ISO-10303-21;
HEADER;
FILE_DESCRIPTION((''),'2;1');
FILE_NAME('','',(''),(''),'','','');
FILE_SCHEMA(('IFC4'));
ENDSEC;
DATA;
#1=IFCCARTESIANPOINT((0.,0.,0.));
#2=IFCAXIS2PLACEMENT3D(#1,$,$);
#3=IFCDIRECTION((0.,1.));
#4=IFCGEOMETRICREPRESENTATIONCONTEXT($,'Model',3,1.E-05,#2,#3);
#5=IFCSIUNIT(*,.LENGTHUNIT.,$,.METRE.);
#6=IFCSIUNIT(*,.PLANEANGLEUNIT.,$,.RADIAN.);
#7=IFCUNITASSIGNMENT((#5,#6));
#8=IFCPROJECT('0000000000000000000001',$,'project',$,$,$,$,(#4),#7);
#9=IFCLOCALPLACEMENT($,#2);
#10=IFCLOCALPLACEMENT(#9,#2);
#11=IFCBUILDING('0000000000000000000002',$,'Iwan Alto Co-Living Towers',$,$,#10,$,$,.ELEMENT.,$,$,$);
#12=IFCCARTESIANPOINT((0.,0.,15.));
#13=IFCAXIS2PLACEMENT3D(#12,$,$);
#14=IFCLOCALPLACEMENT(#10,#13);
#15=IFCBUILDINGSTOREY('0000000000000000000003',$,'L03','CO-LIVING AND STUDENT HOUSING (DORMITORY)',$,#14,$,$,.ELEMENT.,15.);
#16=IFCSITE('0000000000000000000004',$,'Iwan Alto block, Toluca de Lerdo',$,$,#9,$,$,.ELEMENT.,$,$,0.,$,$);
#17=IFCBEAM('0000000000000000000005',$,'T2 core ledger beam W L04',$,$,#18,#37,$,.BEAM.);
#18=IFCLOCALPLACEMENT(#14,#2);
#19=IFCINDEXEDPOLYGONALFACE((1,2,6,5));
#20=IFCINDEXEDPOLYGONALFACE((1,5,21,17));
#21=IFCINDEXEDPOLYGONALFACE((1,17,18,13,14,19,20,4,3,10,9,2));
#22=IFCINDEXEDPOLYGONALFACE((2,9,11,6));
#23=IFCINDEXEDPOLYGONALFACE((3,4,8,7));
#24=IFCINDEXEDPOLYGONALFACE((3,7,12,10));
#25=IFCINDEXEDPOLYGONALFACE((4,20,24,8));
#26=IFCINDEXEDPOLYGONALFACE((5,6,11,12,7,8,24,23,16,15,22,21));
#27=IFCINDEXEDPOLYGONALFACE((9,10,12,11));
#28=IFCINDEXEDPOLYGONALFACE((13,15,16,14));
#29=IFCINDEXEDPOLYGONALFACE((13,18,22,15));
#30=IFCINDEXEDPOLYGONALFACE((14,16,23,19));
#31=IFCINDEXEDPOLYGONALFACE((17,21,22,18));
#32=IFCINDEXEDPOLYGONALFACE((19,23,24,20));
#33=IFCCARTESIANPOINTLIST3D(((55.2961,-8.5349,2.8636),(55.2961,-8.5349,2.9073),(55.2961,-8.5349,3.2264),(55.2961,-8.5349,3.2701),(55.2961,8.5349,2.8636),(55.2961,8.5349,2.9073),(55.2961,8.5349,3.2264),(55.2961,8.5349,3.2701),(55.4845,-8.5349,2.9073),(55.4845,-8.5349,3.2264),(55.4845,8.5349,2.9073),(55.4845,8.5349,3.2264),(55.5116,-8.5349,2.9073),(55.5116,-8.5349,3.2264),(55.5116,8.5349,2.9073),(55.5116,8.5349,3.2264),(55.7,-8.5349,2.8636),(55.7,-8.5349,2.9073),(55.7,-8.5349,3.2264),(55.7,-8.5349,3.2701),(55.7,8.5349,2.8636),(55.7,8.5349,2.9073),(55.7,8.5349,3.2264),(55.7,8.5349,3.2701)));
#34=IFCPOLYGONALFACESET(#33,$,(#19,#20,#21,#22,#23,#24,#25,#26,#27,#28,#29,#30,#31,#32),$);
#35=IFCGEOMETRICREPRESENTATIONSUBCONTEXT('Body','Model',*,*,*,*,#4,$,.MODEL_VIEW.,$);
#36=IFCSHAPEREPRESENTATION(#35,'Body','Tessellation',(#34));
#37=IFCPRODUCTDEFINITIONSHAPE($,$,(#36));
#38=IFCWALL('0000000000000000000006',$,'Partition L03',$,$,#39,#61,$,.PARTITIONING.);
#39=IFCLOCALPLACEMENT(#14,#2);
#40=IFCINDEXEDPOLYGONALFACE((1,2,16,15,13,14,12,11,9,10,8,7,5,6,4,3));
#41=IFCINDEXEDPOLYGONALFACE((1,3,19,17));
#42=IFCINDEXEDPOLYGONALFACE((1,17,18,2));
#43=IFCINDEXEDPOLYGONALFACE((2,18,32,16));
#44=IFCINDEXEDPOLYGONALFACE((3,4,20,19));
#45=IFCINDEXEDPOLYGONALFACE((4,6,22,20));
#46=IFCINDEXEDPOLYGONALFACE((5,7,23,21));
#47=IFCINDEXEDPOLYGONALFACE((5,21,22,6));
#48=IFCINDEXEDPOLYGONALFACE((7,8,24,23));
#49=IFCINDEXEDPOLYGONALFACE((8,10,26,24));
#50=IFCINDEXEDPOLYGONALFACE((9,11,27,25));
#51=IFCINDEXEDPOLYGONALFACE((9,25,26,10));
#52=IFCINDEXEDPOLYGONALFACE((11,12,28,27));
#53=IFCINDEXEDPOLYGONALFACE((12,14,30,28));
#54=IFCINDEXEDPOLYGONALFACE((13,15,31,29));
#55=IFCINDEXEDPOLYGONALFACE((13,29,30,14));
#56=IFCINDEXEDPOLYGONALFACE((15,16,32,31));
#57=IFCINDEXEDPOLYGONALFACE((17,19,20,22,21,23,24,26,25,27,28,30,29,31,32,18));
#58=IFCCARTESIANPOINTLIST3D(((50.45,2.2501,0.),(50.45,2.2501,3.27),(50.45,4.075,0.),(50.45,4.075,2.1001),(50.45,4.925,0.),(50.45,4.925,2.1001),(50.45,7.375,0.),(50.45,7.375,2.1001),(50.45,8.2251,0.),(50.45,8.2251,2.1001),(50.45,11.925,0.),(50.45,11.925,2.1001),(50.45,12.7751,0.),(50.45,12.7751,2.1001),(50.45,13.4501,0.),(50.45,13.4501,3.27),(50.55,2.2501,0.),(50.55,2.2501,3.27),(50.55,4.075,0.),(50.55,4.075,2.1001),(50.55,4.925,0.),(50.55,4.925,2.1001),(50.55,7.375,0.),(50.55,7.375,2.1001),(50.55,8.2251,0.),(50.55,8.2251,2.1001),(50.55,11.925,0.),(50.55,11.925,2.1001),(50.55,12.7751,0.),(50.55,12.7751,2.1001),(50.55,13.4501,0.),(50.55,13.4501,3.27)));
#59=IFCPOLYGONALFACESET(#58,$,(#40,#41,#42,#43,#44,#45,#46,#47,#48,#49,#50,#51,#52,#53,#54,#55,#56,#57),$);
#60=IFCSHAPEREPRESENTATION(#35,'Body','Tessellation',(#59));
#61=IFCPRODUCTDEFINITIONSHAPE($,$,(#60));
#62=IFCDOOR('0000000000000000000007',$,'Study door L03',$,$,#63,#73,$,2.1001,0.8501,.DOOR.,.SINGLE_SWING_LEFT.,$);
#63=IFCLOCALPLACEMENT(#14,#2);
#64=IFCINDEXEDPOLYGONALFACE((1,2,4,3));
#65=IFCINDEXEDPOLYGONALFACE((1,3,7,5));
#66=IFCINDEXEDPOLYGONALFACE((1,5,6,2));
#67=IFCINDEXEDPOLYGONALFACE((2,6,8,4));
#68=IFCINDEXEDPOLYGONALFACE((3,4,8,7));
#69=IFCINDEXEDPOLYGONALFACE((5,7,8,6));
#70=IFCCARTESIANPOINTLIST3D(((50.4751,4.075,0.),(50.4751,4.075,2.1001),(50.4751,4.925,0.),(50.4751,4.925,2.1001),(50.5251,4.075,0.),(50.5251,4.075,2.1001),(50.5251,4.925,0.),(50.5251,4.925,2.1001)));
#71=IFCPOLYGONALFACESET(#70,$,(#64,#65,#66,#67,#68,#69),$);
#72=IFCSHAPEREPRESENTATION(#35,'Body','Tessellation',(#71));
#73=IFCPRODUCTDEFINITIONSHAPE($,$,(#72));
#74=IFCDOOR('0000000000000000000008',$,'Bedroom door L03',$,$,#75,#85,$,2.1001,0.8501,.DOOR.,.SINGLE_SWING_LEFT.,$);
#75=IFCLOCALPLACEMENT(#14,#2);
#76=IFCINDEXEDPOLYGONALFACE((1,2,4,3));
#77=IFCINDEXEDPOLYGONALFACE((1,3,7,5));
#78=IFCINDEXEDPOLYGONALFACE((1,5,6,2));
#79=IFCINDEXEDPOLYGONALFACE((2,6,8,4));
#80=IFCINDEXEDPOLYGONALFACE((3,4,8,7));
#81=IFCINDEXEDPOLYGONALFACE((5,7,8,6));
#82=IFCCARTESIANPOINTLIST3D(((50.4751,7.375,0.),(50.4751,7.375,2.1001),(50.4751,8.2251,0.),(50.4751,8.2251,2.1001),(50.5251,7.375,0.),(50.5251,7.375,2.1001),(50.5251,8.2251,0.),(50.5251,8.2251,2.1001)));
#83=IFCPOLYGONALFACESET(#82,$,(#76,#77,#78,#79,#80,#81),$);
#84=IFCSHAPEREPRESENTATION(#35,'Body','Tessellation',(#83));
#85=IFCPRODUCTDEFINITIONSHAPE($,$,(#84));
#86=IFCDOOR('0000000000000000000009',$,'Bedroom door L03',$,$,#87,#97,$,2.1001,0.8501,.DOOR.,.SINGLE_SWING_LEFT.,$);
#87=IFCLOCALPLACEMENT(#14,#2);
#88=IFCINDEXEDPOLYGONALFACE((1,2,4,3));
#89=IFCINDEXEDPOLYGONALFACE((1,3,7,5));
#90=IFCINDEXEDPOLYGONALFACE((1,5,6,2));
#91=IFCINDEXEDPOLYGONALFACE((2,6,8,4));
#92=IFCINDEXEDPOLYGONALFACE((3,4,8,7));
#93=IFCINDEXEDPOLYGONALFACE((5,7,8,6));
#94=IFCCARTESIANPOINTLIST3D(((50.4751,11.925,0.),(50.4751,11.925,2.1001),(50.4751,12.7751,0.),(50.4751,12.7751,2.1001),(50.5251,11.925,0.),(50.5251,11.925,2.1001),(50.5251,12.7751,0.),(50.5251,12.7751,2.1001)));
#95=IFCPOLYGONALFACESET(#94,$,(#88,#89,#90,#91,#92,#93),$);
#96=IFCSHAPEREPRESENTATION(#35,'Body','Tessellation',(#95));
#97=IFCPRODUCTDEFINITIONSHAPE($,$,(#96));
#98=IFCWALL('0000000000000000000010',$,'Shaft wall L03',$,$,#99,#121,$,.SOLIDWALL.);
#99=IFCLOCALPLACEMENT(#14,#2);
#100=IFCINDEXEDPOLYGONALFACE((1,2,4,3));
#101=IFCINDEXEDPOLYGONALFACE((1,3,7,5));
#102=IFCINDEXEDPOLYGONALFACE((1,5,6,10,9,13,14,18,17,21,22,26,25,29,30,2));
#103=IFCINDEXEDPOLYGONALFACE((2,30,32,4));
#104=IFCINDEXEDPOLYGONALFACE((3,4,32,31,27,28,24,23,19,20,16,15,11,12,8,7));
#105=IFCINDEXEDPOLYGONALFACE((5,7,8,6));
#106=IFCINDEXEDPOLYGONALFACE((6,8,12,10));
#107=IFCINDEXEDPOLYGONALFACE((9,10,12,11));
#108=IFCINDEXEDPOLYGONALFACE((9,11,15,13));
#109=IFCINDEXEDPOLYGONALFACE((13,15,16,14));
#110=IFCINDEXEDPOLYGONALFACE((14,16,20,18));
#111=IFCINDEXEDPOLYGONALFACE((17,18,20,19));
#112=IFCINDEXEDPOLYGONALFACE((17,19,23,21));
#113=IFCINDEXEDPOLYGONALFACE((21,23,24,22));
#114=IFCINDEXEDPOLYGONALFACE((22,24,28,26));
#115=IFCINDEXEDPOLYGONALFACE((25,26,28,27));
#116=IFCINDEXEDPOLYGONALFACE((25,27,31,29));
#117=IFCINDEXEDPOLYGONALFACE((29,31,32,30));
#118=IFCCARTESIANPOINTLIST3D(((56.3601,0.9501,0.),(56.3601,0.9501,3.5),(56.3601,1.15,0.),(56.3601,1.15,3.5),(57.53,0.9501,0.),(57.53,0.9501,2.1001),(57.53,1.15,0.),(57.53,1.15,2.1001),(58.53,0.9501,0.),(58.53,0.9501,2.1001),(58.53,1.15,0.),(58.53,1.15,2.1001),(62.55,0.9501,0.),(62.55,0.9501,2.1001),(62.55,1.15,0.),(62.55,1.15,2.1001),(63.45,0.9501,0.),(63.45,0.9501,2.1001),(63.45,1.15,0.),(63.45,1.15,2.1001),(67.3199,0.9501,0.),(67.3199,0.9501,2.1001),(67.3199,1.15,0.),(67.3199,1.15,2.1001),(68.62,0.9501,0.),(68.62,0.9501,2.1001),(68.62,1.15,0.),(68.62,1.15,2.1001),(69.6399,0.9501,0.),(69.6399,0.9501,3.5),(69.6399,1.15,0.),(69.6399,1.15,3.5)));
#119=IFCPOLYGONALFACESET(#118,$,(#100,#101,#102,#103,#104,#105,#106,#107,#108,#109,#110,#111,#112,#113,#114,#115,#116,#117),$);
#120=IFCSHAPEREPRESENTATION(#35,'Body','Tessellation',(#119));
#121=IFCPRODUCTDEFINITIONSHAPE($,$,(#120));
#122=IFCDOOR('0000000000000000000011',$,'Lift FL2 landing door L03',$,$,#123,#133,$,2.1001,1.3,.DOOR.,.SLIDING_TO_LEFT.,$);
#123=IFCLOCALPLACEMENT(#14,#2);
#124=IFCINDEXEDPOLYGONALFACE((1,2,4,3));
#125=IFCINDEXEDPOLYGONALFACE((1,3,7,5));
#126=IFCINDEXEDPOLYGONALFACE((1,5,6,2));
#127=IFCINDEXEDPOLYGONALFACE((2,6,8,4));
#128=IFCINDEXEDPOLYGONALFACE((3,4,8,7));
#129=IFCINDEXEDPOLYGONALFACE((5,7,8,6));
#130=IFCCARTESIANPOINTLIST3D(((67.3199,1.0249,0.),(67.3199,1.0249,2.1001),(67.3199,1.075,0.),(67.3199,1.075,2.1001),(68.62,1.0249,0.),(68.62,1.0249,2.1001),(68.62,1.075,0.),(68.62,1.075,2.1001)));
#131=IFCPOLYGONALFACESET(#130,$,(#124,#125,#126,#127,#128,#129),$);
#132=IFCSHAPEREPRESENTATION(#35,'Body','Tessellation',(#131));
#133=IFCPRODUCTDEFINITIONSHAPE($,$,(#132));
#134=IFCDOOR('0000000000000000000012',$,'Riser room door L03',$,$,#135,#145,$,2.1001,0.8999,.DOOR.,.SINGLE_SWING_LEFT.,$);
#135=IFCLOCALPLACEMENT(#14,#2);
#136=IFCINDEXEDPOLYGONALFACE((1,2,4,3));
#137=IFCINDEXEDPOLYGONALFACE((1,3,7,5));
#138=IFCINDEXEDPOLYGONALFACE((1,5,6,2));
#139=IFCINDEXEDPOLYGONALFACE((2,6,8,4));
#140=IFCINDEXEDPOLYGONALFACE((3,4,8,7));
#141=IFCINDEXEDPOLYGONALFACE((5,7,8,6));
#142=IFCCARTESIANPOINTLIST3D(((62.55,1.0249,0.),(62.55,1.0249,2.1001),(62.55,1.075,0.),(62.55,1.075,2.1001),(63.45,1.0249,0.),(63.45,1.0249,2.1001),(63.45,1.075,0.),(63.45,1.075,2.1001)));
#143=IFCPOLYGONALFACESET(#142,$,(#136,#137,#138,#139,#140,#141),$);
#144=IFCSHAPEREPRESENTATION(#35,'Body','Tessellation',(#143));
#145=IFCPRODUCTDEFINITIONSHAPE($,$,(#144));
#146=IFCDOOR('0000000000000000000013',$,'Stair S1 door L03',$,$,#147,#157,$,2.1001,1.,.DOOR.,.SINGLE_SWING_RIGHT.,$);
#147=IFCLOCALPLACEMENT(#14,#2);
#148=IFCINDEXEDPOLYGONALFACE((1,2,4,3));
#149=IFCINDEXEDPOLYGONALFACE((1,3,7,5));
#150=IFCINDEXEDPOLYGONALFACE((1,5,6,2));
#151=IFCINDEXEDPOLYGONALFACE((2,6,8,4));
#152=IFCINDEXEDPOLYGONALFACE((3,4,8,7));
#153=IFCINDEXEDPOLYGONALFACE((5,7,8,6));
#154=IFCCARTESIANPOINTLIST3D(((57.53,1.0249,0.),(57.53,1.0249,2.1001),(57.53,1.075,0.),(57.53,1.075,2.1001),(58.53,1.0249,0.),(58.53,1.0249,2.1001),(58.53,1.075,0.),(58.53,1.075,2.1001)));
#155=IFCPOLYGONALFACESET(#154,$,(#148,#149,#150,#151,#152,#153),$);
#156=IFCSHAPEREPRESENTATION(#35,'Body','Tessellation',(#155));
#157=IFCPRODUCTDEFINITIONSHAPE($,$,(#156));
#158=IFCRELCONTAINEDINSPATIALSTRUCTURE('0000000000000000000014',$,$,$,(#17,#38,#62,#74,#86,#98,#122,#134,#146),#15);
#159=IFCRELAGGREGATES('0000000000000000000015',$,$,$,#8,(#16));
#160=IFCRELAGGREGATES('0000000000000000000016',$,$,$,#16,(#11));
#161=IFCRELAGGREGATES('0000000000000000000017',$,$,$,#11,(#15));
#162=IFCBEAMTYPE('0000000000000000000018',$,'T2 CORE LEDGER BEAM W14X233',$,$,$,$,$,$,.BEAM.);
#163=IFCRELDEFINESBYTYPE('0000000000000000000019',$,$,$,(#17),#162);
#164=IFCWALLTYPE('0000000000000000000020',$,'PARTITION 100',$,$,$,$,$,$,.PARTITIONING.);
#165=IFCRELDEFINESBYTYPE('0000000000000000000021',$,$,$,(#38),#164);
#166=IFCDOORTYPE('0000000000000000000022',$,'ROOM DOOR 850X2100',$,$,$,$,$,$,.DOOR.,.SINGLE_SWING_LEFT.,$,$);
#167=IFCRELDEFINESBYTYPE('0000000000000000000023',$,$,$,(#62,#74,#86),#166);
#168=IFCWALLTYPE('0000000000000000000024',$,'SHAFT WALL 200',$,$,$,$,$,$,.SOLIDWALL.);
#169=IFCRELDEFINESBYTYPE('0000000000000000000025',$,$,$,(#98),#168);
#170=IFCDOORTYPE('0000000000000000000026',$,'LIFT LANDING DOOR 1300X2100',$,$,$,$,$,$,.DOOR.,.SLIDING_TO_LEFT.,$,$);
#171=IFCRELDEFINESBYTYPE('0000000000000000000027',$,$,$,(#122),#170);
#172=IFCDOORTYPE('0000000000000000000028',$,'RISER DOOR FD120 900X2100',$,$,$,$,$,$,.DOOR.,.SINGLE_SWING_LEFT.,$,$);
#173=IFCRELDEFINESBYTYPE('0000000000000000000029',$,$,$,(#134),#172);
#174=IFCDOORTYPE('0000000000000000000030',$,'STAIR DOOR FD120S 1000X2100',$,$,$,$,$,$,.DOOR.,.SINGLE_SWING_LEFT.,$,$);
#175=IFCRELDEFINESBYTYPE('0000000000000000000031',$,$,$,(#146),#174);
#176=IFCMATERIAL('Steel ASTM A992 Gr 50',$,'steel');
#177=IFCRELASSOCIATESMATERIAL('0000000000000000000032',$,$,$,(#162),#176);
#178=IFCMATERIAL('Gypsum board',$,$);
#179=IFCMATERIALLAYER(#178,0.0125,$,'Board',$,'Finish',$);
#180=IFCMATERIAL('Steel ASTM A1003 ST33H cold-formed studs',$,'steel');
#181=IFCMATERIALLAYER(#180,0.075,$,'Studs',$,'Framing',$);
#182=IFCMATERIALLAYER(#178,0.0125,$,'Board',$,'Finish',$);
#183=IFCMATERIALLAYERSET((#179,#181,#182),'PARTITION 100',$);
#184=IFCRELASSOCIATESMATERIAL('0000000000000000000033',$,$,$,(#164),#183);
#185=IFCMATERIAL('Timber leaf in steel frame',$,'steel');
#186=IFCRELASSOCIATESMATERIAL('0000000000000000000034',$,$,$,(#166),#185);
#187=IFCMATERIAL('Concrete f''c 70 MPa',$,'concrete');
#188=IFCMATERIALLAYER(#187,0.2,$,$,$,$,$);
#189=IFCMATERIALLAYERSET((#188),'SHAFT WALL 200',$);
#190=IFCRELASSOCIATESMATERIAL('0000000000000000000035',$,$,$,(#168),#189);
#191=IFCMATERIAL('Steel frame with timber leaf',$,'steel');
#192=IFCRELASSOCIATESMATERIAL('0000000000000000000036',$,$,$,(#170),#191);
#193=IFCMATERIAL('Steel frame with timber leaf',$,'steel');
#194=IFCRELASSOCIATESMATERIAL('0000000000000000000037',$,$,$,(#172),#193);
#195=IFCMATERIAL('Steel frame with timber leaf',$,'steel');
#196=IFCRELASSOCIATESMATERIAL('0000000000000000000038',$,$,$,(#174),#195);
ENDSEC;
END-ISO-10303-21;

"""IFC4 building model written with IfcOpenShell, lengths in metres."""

from ifc_helpers import new_model, si_unit, direction, frame, frame_2d, origin, origin_2d, place, context, subcontext, project, spatial, rectangle, i_section, extrude, material, layer, layer_set, material_profile, profile_set, type_object, element, fill, save


model = new_model("IFC4")

# Units and contexts
model_context = context("Model", 3, precision=1e-05, world=origin(), true_north=direction((0.0, 1.0)))
body_context = subcontext(model_context, "Body", "Model", "MODEL_VIEW")
ifc_project = project(units=[si_unit("LENGTHUNIT", "METRE"), si_unit("PLANEANGLEUNIT", "RADIAN")], contexts=[model_context])

# Site, building, storey
site_placement = place(None, origin())
site = spatial("IfcSite", under=ifc_project, at=site_placement, Name="Iwan Alto block, Toluca de Lerdo", CompositionType="ELEMENT", RefElevation=0.0)
building_placement = place(site_placement, origin())
building = spatial("IfcBuilding", under=site, at=building_placement, Name="Iwan Alto Co-Living Towers", CompositionType="ELEMENT")
storey_placement = place(building_placement, frame((0.0, 0.0, 15.0)))
storey = spatial("IfcBuildingStorey", under=building, at=storey_placement, Name="L03", Description="CO-LIVING AND STUDENT HOUSING (DORMITORY)", CompositionType="ELEMENT", Elevation=15.0)

# Beam
ifc_material_1 = material(Name="Steel ASTM A992 Gr 50", Category="steel")
ifc_material_profile = material_profile(ifc_material_1, i_section(OverallWidth=0.4038, OverallDepth=0.4065, WebThickness=0.0271, FlangeThickness=0.0437, at=origin_2d()), Name="W14X233")
ifc_profile_set = profile_set([ifc_material_profile], Name="Steel ASTM A992 Gr 50")
beam_type = type_object("IfcBeamType", Name="T2 CORE LEDGER BEAM W14X233", PredefinedType="BEAM", material=ifc_profile_set)
beam_placement = place(storey_placement, frame((55.498, 8.5349, 3.0669), z_axis=(0.0, -1.0, 0.0), x_axis=(1.0, 0.0, 0.0)))
element("IfcBeam", 1, at=beam_placement, inside=storey, type_object=beam_type, Name="T2 core ledger beam W L04", PredefinedType="BEAM", context=body_context, shape_type="SweptSolid", body=[
    extrude(i_section(OverallWidth=0.4038, OverallDepth=0.4065, WebThickness=0.0271, FlangeThickness=0.0437, at=origin_2d()), origin(), (0.0, 0.0, 1.0), 17.0698),
])

# Walls, openings, doors
ifc_material_2 = material(Name="Gypsum board")
ifc_layer_1 = layer(ifc_material_2, 0.0125, Name="Board", Category="Finish")
ifc_material_3 = material(Name="Steel ASTM A1003 ST33H cold-formed studs", Category="steel")
ifc_layer_2 = layer(ifc_material_3, 0.075, Name="Studs", Category="Framing")
ifc_layer_3 = layer(ifc_material_2, 0.0125, Name="Board", Category="Finish")
ifc_layer_set_1 = layer_set([ifc_layer_1, ifc_layer_2, ifc_layer_3], Name="PARTITION 100")
wall_type_1 = type_object("IfcWallType", Name="PARTITION 100", PredefinedType="PARTITIONING", material=ifc_layer_set_1)
wall_1_placement = place(storey_placement, frame((50.5, 2.25, 0.0), z_axis=(0.0, 0.0, 1.0), x_axis=(0.0, 1.0, 0.0)))
wall_1 = element("IfcWall", 2, at=wall_1_placement, inside=storey, type_object=wall_type_1, Name="Partition L03", PredefinedType="PARTITIONING", context=body_context, shape_type="SweptSolid", body=[
    extrude(rectangle(XDim=11.2, YDim=0.1001, at=frame_2d((5.6001, 0.0))), origin(), (0.0, 0.0, 1.0), 3.27),
])
opening_1_placement = place(wall_1_placement, frame((1.825, 0.0, 0.0)))
opening_1 = element("IfcOpeningElement", 3, at=opening_1_placement, cuts=wall_1, PredefinedType="OPENING", context=body_context, shape_type="SweptSolid", body=[
    extrude(rectangle(XDim=0.8501, YDim=2.1001, at=frame_2d((0.425, 1.05))), frame((0.0, 0.0601, 0.0), z_axis=(0.0, -1.0, 0.0), x_axis=(1.0, 0.0, 0.0)), (0.0, 0.0, 1.0), 0.1201),
])
opening_2_placement = place(wall_1_placement, frame((5.125, 0.0, 0.0)))
opening_2 = element("IfcOpeningElement", 4, at=opening_2_placement, cuts=wall_1, PredefinedType="OPENING", context=body_context, shape_type="SweptSolid", body=[
    extrude(rectangle(XDim=0.8501, YDim=2.1001, at=frame_2d((0.425, 1.05))), frame((0.0, 0.0601, 0.0), z_axis=(0.0, -1.0, 0.0), x_axis=(1.0, 0.0, 0.0)), (0.0, 0.0, 1.0), 0.1201),
])
opening_3_placement = place(wall_1_placement, frame((9.675, 0.0, 0.0)))
opening_3 = element("IfcOpeningElement", 5, at=opening_3_placement, cuts=wall_1, PredefinedType="OPENING", context=body_context, shape_type="SweptSolid", body=[
    extrude(rectangle(XDim=0.8501, YDim=2.1001, at=frame_2d((0.425, 1.05))), frame((0.0, 0.0601, 0.0), z_axis=(0.0, -1.0, 0.0), x_axis=(1.0, 0.0, 0.0)), (0.0, 0.0, 1.0), 0.1201),
])
ifc_material_4 = material(Name="Timber leaf in steel frame", Category="steel")
door_type_1 = type_object("IfcDoorType", Name="ROOM DOOR 850X2100", OperationType="SINGLE_SWING_LEFT", PredefinedType="DOOR", material=ifc_material_4)
door_1_placement = place(opening_1_placement, origin())
door_1 = element("IfcDoor", 6, at=door_1_placement, inside=storey, type_object=door_type_1, Name="Study door L03", OperationType="SINGLE_SWING_LEFT", OverallHeight=2.1001, OverallWidth=0.8501, PredefinedType="DOOR", context=body_context, shape_type="SweptSolid", body=[
    extrude(rectangle(XDim=0.8501, YDim=2.1001, at=frame_2d((0.425, 1.05))), frame((0.0, 0.0249, 0.0), z_axis=(0.0, -1.0, 0.0), x_axis=(1.0, 0.0, 0.0)), (0.0, 0.0, 1.0), 0.05),
])
fill(opening_1, door_1)
door_2_placement = place(opening_2_placement, origin())
door_2 = element("IfcDoor", 7, at=door_2_placement, inside=storey, type_object=door_type_1, Name="Bedroom door L03", OperationType="SINGLE_SWING_LEFT", OverallHeight=2.1001, OverallWidth=0.8501, PredefinedType="DOOR", context=body_context, shape_type="SweptSolid", body=[
    extrude(rectangle(XDim=0.8501, YDim=2.1001, at=frame_2d((0.425, 1.05))), frame((0.0, 0.0249, 0.0), z_axis=(0.0, -1.0, 0.0), x_axis=(1.0, 0.0, 0.0)), (0.0, 0.0, 1.0), 0.05),
])
fill(opening_2, door_2)
door_3_placement = place(opening_3_placement, origin())
door_3 = element("IfcDoor", 8, at=door_3_placement, inside=storey, type_object=door_type_1, Name="Bedroom door L03", OperationType="SINGLE_SWING_LEFT", OverallHeight=2.1001, OverallWidth=0.8501, PredefinedType="DOOR", context=body_context, shape_type="SweptSolid", body=[
    extrude(rectangle(XDim=0.8501, YDim=2.1001, at=frame_2d((0.425, 1.05))), frame((0.0, 0.0249, 0.0), z_axis=(0.0, -1.0, 0.0), x_axis=(1.0, 0.0, 0.0)), (0.0, 0.0, 1.0), 0.05),
])
fill(opening_3, door_3)
ifc_material_5 = material(Name="Concrete f'c 70 MPa", Category="concrete")
ifc_layer_4 = layer(ifc_material_5, 0.2)
ifc_layer_set_2 = layer_set([ifc_layer_4], Name="SHAFT WALL 200")
wall_type_2 = type_object("IfcWallType", Name="SHAFT WALL 200", PredefinedType="SOLIDWALL", material=ifc_layer_set_2)
wall_2_placement = place(storey_placement, frame((56.3601, 1.05, 0.0), z_axis=(0.0, 0.0, 1.0), x_axis=(1.0, 0.0, 0.0)))
wall_2 = element("IfcWall", 9, at=wall_2_placement, inside=storey, type_object=wall_type_2, Name="Shaft wall L03", PredefinedType="SOLIDWALL", context=body_context, shape_type="SweptSolid", body=[
    extrude(rectangle(XDim=13.2798, YDim=0.2, at=frame_2d((6.6399, 0.0))), origin(), (0.0, 0.0, 1.0), 3.5),
])
opening_4_placement = place(wall_2_placement, frame((1.1699, 0.0, 0.0)))
opening_4 = element("IfcOpeningElement", 10, at=opening_4_placement, cuts=wall_2, PredefinedType="OPENING", context=body_context, shape_type="SweptSolid", body=[
    extrude(rectangle(XDim=1.0, YDim=2.1001, at=frame_2d((0.5, 1.05))), frame((0.0, 0.1099, 0.0), z_axis=(0.0, -1.0, 0.0), x_axis=(1.0, 0.0, 0.0)), (0.0, 0.0, 1.0), 0.22),
])
opening_5_placement = place(wall_2_placement, frame((6.1899, 0.0, 0.0)))
opening_5 = element("IfcOpeningElement", 11, at=opening_5_placement, cuts=wall_2, PredefinedType="OPENING", context=body_context, shape_type="SweptSolid", body=[
    extrude(rectangle(XDim=0.8999, YDim=2.1001, at=frame_2d((0.45, 1.05))), frame((0.0, 0.1099, 0.0), z_axis=(0.0, -1.0, 0.0), x_axis=(1.0, 0.0, 0.0)), (0.0, 0.0, 1.0), 0.22),
])
opening_6_placement = place(wall_2_placement, frame((10.96, 0.0, 0.0)))
opening_6 = element("IfcOpeningElement", 12, at=opening_6_placement, cuts=wall_2, PredefinedType="OPENING", context=body_context, shape_type="SweptSolid", body=[
    extrude(rectangle(XDim=1.3, YDim=2.1001, at=frame_2d((0.6499, 1.05))), frame((0.0, 0.1099, 0.0), z_axis=(0.0, -1.0, 0.0), x_axis=(1.0, 0.0, 0.0)), (0.0, 0.0, 1.0), 0.22),
])
ifc_material_6 = material(Name="Steel frame with timber leaf", Category="steel")
door_type_2 = type_object("IfcDoorType", Name="LIFT LANDING DOOR 1300X2100", OperationType="SLIDING_TO_LEFT", PredefinedType="DOOR", material=ifc_material_6)
door_4_placement = place(opening_6_placement, origin())
door_4 = element("IfcDoor", 13, at=door_4_placement, inside=storey, type_object=door_type_2, Name="Lift FL2 landing door L03", OperationType="SLIDING_TO_LEFT", OverallHeight=2.1001, OverallWidth=1.3, PredefinedType="DOOR", context=body_context, shape_type="SweptSolid", body=[
    extrude(rectangle(XDim=1.3, YDim=2.1001, at=frame_2d((0.6499, 1.05))), frame((0.0, 0.0249, 0.0), z_axis=(0.0, -1.0, 0.0), x_axis=(1.0, 0.0, 0.0)), (0.0, 0.0, 1.0), 0.05),
])
fill(opening_6, door_4)
ifc_material_7 = material(Name="Steel frame with timber leaf", Category="steel")
door_type_3 = type_object("IfcDoorType", Name="RISER DOOR FD120 900X2100", OperationType="SINGLE_SWING_LEFT", PredefinedType="DOOR", material=ifc_material_7)
door_5_placement = place(opening_5_placement, origin())
door_5 = element("IfcDoor", 14, at=door_5_placement, inside=storey, type_object=door_type_3, Name="Riser room door L03", OperationType="SINGLE_SWING_LEFT", OverallHeight=2.1001, OverallWidth=0.8999, PredefinedType="DOOR", context=body_context, shape_type="SweptSolid", body=[
    extrude(rectangle(XDim=0.8999, YDim=2.1001, at=frame_2d((0.45, 1.05))), frame((0.0, 0.0249, 0.0), z_axis=(0.0, -1.0, 0.0), x_axis=(1.0, 0.0, 0.0)), (0.0, 0.0, 1.0), 0.05),
])
fill(opening_5, door_5)
ifc_material_8 = material(Name="Steel frame with timber leaf", Category="steel")
door_type_4 = type_object("IfcDoorType", Name="STAIR DOOR FD120S 1000X2100", OperationType="SINGLE_SWING_LEFT", PredefinedType="DOOR", material=ifc_material_8)
door_6_placement = place(opening_4_placement, origin())
door_6 = element("IfcDoor", 15, at=door_6_placement, inside=storey, type_object=door_type_4, Name="Stair S1 door L03", OperationType="SINGLE_SWING_RIGHT", OverallHeight=2.1001, OverallWidth=1.0, PredefinedType="DOOR", context=body_context, shape_type="SweptSolid", body=[
    extrude(rectangle(XDim=1.0, YDim=2.1001, at=frame_2d((0.5, 1.05))), frame((0.0, 0.0249, 0.0), z_axis=(0.0, -1.0, 0.0), x_axis=(1.0, 0.0, 0.0)), (0.0, 0.0, 1.0), 0.05),
])
fill(opening_4, door_6)

save(model, "model.ifc")
